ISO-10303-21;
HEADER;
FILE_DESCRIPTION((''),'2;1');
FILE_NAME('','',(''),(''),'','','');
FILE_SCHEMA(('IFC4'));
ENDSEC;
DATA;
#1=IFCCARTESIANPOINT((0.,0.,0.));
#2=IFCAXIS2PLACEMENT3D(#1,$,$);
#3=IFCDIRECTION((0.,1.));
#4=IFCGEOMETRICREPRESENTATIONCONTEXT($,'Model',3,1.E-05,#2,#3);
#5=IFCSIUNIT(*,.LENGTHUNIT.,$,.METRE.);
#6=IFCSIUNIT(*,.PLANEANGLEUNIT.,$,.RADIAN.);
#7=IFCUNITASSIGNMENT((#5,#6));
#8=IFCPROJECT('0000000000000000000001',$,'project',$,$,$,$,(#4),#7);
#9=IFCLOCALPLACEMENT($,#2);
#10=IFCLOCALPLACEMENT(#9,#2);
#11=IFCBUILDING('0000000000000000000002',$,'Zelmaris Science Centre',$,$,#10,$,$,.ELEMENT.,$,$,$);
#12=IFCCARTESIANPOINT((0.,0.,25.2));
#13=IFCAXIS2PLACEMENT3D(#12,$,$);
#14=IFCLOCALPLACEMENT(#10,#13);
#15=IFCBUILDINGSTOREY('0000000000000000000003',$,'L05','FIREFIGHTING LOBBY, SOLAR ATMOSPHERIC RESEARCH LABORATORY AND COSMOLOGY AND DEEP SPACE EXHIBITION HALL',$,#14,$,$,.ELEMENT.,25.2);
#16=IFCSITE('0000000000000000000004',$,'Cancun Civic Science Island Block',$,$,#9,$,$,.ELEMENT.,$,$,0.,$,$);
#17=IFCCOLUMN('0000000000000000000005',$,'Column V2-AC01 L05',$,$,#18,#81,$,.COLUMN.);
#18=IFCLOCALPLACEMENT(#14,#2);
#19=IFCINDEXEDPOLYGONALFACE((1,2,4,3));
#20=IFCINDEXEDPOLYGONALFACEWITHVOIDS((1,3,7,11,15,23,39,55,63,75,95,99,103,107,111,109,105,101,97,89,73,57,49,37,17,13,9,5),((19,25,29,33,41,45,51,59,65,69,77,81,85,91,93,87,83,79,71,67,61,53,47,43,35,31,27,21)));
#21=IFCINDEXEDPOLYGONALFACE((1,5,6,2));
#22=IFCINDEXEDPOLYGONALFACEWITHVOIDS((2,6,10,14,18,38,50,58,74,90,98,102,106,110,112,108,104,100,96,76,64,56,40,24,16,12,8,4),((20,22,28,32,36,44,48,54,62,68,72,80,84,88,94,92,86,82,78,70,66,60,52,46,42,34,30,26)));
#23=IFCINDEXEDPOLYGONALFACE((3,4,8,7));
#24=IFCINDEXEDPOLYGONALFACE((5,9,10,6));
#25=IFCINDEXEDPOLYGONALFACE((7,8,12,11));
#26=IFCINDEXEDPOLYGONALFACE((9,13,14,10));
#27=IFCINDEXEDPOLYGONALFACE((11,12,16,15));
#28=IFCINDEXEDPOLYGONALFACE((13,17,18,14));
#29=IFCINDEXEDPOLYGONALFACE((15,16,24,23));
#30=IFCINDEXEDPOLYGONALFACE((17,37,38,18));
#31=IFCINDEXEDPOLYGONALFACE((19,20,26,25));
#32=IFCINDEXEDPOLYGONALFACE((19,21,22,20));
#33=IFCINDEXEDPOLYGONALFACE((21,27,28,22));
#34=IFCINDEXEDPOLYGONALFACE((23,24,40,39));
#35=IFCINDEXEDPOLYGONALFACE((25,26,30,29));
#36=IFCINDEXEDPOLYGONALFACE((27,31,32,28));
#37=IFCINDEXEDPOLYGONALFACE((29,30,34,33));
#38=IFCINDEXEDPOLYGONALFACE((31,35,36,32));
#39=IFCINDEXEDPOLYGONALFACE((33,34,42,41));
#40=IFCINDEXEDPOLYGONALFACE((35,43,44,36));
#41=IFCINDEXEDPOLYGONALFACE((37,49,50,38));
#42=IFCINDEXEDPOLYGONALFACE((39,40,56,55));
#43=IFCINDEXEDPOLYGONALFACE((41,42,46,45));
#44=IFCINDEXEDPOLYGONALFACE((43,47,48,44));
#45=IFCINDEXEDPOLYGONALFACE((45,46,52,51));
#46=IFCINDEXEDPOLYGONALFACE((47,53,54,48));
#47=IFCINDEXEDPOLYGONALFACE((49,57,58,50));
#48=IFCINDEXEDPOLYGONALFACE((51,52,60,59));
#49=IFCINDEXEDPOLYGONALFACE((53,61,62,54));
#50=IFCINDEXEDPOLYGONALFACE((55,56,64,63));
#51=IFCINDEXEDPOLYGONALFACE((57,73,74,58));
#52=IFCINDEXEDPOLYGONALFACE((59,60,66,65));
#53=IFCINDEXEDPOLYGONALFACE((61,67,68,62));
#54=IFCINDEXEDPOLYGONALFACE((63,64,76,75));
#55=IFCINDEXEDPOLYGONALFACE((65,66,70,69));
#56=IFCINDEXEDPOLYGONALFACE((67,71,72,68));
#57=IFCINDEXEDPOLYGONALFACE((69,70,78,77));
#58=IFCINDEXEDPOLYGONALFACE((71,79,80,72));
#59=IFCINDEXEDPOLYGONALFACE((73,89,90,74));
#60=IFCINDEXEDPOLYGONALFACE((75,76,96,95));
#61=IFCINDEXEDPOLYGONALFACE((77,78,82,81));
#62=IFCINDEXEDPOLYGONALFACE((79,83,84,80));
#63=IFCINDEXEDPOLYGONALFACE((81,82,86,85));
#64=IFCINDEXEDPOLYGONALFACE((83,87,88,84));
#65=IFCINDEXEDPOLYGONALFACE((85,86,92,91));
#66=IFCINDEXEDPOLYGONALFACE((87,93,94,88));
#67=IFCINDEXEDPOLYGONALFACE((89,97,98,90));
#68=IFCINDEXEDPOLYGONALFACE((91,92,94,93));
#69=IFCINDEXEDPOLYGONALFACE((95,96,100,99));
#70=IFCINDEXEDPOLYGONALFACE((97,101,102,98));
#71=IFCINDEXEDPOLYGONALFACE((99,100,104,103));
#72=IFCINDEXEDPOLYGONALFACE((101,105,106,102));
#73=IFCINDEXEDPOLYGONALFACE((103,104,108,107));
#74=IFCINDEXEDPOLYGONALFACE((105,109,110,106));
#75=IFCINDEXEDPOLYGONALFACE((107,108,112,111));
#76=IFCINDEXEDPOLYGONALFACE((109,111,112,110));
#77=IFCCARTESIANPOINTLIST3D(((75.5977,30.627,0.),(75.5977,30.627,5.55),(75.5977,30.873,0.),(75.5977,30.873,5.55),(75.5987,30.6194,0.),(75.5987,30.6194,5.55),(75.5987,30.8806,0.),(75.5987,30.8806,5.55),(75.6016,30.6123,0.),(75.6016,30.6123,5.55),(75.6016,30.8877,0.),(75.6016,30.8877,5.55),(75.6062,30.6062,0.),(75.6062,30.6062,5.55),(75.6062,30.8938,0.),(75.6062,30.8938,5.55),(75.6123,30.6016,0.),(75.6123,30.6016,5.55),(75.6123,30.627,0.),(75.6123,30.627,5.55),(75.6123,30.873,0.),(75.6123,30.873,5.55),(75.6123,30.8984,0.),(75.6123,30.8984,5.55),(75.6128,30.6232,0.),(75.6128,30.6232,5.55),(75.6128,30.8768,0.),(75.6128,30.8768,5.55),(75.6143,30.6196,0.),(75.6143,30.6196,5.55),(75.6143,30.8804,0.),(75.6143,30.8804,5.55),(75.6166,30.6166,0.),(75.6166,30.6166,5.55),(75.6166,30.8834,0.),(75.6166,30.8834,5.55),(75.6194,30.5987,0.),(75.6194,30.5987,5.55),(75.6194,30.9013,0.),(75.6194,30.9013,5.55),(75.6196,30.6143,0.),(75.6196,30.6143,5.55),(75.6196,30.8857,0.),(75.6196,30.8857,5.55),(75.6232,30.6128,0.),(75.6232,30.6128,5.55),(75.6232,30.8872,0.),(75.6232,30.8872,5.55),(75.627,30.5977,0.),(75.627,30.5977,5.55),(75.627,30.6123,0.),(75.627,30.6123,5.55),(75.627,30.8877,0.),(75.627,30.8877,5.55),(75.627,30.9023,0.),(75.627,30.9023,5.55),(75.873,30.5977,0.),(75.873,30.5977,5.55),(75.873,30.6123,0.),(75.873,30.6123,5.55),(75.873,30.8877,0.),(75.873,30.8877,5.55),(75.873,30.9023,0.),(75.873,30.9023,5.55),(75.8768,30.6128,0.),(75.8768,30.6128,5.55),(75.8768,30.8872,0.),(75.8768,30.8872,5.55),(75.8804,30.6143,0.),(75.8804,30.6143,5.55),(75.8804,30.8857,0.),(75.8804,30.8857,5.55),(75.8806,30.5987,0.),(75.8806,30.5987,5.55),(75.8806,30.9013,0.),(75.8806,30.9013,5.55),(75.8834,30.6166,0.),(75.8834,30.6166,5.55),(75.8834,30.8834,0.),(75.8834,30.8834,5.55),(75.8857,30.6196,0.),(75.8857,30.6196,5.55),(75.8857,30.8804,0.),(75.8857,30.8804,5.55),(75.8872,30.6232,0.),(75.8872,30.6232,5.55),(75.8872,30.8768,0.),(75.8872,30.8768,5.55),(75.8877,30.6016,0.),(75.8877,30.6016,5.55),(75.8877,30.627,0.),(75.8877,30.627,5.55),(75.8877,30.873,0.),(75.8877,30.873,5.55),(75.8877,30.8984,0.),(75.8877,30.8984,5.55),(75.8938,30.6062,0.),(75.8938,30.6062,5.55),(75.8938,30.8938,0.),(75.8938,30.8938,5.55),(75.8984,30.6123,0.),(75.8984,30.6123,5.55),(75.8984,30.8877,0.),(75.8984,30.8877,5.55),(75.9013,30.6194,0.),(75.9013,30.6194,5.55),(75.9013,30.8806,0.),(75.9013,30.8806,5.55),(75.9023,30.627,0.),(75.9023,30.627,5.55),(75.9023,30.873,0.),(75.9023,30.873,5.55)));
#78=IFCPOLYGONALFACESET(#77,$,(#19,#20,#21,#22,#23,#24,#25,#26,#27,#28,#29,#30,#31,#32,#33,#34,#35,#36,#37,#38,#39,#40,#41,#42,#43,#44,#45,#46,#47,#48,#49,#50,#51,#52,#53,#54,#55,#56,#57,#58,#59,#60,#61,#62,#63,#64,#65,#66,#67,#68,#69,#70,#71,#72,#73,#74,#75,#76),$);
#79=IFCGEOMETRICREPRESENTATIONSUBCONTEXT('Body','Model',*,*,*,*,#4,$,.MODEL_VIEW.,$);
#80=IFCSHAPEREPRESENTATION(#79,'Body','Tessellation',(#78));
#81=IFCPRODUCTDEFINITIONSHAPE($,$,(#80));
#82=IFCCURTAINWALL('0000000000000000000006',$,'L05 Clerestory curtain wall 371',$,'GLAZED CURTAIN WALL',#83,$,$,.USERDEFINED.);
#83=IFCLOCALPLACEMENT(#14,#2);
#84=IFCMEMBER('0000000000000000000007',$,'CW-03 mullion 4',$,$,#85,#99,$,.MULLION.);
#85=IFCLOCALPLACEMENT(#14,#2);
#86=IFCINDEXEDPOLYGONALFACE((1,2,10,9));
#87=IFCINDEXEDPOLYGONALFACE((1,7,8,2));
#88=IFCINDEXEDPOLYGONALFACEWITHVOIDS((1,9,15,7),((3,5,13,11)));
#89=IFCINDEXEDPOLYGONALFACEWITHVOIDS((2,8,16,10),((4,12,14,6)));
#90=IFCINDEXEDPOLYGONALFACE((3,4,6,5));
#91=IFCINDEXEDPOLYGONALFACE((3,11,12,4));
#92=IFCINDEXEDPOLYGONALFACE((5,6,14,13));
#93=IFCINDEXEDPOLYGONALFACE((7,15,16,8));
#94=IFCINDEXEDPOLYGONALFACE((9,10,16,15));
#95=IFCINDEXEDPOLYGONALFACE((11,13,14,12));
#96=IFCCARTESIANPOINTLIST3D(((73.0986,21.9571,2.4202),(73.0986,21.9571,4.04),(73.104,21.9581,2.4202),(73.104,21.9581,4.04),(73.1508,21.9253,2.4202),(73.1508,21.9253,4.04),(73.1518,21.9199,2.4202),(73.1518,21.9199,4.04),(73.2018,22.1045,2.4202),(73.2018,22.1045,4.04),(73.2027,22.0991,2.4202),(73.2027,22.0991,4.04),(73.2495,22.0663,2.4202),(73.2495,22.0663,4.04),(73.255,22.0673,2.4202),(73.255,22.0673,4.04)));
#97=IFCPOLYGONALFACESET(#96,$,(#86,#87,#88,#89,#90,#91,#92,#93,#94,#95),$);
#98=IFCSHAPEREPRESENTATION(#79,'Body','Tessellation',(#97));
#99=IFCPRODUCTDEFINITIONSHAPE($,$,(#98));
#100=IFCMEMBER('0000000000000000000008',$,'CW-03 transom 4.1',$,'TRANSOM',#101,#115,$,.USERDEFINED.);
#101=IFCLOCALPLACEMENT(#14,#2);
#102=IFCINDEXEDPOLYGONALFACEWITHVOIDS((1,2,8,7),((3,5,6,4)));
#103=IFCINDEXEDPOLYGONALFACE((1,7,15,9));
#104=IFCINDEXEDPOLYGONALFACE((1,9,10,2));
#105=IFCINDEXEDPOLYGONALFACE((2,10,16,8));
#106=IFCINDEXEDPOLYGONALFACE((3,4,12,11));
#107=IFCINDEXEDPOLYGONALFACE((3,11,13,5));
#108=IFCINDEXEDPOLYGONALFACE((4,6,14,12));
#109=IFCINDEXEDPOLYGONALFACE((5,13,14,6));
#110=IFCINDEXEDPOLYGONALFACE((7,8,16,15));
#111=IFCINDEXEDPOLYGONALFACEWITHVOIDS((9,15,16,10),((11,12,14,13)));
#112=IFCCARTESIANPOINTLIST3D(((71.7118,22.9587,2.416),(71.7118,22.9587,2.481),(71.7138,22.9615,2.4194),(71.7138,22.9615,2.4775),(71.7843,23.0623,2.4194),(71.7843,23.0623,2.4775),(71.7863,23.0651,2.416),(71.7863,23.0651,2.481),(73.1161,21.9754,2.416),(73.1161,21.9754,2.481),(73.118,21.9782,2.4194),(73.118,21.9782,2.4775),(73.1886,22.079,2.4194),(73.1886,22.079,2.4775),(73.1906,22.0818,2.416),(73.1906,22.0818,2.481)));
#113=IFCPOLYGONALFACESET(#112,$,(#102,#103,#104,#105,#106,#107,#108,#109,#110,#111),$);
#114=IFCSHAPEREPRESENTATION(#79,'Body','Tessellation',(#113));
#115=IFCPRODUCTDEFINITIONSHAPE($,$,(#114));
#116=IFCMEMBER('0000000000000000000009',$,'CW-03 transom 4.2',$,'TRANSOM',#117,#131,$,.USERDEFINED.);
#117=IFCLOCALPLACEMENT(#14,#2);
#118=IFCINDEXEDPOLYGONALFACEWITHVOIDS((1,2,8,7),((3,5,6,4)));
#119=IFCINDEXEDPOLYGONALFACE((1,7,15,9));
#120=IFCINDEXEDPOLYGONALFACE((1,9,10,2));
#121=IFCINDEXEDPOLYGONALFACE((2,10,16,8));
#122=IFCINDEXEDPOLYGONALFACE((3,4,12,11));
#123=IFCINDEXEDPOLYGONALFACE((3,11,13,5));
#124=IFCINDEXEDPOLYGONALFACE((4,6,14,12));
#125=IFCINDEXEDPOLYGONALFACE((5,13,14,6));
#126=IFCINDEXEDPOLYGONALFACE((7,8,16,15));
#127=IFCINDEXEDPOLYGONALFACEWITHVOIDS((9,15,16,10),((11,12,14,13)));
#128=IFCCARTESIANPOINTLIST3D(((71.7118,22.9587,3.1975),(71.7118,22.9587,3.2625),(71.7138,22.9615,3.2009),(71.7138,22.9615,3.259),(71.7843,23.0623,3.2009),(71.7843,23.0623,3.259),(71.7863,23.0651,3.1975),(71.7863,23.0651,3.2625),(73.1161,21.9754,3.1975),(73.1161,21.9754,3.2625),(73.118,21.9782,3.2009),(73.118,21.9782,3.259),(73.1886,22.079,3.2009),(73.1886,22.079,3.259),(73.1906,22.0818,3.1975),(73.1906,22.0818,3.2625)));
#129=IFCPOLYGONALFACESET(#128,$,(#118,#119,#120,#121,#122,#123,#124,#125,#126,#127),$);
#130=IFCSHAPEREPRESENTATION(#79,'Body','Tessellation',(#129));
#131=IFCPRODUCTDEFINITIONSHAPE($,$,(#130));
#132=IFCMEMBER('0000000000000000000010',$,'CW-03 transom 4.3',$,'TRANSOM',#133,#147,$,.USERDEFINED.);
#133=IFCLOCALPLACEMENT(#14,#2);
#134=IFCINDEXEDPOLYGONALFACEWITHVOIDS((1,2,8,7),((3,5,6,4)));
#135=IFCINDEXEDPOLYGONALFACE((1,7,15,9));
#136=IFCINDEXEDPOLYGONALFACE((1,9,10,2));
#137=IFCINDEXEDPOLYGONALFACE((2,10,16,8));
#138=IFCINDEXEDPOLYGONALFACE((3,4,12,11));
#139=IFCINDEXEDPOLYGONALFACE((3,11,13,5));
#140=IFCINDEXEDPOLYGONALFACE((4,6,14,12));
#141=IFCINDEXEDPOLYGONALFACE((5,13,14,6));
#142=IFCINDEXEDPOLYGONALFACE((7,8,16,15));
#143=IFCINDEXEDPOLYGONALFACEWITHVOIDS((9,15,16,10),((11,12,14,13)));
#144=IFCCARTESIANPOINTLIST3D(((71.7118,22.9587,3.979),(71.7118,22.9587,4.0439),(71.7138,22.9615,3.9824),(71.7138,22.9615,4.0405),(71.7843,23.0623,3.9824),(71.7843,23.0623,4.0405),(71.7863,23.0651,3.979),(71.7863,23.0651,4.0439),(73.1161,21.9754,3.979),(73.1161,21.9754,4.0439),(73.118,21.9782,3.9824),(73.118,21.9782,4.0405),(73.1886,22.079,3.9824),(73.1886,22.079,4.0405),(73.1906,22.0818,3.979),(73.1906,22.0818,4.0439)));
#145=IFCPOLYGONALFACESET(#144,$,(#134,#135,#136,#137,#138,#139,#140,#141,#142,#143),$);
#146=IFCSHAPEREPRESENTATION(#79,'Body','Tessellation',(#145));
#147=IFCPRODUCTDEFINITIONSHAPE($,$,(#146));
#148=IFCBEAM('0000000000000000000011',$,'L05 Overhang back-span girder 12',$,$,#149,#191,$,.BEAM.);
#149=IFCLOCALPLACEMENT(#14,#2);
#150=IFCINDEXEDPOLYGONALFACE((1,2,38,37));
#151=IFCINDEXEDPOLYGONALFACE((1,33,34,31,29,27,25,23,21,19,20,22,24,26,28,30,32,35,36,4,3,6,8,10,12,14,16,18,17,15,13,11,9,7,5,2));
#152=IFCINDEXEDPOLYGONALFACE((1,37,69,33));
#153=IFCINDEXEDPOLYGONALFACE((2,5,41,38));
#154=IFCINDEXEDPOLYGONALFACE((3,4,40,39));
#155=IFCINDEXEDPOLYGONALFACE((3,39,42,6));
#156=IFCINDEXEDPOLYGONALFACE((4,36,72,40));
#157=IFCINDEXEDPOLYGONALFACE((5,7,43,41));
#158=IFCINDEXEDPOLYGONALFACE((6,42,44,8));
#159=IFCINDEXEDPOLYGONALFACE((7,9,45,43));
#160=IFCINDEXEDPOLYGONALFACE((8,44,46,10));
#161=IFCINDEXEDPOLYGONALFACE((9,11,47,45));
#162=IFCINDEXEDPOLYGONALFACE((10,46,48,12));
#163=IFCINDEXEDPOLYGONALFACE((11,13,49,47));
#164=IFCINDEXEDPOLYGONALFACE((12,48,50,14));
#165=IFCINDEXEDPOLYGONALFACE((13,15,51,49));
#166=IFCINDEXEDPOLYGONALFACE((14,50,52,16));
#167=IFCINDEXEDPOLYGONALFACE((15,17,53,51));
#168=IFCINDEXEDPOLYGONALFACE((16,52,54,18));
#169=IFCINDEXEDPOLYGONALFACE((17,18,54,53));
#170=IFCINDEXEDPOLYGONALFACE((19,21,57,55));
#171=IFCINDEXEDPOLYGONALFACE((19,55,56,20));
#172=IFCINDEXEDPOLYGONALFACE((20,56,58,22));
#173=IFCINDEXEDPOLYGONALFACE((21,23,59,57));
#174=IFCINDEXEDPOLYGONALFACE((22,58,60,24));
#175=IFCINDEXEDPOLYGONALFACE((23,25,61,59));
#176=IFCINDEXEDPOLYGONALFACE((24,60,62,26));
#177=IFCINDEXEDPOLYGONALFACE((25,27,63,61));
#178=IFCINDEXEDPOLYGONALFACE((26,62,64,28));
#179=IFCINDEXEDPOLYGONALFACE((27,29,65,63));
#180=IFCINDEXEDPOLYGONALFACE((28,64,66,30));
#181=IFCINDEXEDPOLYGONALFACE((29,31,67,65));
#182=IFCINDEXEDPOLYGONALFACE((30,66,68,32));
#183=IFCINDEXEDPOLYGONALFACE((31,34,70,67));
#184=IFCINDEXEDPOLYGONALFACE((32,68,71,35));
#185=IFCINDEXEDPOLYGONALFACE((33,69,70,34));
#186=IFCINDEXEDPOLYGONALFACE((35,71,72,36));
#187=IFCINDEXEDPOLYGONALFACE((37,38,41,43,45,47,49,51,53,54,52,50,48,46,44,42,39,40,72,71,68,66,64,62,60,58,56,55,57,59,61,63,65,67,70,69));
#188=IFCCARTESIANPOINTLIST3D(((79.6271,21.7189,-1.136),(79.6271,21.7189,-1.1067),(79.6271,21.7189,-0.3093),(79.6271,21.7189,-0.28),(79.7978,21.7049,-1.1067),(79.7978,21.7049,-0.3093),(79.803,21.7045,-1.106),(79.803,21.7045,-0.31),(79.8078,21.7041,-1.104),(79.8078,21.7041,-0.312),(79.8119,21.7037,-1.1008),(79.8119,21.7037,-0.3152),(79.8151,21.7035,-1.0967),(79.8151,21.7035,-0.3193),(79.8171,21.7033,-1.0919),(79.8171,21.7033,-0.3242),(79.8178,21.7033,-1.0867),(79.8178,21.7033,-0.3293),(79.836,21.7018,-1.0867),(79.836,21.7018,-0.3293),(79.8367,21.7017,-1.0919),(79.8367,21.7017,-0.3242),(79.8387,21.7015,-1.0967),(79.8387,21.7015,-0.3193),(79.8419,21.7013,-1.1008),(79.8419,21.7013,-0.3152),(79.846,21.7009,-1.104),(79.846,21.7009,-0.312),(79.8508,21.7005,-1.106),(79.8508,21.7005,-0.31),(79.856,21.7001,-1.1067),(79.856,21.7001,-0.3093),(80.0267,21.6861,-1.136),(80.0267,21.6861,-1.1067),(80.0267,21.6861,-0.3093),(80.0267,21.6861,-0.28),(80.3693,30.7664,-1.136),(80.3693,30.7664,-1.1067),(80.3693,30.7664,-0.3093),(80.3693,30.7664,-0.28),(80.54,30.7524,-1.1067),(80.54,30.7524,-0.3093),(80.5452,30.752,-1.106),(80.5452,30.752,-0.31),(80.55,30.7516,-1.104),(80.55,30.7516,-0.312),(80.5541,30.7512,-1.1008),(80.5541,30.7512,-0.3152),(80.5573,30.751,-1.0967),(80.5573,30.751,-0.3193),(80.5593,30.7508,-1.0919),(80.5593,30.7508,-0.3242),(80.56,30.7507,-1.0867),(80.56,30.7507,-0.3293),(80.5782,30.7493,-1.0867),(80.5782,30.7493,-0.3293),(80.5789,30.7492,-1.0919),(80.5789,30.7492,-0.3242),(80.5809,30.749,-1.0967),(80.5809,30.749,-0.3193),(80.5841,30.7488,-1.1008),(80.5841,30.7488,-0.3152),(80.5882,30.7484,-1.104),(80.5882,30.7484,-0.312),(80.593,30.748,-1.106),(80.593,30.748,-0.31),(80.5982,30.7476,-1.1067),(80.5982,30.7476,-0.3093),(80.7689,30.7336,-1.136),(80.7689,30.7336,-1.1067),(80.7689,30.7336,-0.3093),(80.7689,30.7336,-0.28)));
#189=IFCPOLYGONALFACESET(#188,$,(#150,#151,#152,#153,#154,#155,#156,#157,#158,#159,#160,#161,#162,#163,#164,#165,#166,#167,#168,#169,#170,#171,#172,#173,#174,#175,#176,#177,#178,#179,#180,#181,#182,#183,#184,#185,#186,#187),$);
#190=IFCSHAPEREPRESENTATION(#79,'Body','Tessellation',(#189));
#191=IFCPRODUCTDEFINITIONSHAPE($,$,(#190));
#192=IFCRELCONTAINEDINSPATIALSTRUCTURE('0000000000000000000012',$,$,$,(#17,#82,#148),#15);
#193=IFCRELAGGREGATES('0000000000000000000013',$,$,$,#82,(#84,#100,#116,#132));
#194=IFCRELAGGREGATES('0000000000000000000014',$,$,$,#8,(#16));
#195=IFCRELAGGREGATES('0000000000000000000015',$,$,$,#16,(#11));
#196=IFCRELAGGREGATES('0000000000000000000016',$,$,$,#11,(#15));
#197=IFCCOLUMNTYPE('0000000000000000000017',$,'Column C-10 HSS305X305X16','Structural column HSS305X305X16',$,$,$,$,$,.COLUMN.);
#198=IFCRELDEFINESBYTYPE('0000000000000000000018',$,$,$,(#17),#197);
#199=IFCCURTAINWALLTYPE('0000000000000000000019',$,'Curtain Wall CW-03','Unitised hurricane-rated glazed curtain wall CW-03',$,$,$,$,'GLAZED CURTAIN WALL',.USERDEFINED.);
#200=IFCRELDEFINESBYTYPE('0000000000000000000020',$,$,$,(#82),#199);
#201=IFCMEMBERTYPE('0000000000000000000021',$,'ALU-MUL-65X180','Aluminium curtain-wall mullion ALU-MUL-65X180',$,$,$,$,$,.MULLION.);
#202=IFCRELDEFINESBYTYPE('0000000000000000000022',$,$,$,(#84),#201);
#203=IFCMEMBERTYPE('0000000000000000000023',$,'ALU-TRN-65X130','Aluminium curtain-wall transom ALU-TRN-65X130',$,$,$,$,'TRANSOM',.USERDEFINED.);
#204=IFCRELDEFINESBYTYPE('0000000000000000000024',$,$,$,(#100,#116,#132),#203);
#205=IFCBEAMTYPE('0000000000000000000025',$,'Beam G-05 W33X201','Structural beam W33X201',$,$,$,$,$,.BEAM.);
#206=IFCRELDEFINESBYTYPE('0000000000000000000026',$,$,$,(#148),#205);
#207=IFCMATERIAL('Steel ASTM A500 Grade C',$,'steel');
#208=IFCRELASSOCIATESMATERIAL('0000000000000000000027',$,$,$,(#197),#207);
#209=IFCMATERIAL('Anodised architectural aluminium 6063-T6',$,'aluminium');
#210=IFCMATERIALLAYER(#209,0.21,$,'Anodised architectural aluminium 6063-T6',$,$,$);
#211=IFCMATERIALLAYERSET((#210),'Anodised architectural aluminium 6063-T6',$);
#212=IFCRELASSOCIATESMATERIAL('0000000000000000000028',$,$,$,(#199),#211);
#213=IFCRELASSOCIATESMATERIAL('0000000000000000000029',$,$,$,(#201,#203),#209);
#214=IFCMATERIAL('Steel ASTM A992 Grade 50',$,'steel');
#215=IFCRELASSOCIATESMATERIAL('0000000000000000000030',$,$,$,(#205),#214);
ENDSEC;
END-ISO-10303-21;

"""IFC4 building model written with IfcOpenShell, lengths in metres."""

from ifc_helpers import new_model, si_unit, direction, frame, origin, origin_2d, place, context, subcontext, project, spatial, hollow_rectangle, i_section, extrude, material, layer, layer_set, material_profile, profile_set, type_object, element, aggregate, save


model = new_model("IFC4")

# Units and contexts
model_context = context("Model", 3, precision=1e-05, world=origin(), true_north=direction((0.0, 1.0)))
body_context = subcontext(model_context, "Body", "Model", "MODEL_VIEW")
ifc_project = project(units=[si_unit("LENGTHUNIT", "METRE"), si_unit("PLANEANGLEUNIT", "RADIAN")], contexts=[model_context])

# Site, building, storey
site_placement = place(None, origin())
site = spatial("IfcSite", under=ifc_project, at=site_placement, Name="Cancun Civic Science Island Block", CompositionType="ELEMENT", RefElevation=0.0)
building_placement = place(site_placement, origin())
building = spatial("IfcBuilding", under=site, at=building_placement, Name="Zelmaris Science Centre", CompositionType="ELEMENT")
storey_placement = place(building_placement, frame((0.0, 0.0, 25.2)))
storey = spatial("IfcBuildingStorey", under=building, at=storey_placement, Name="L05", Description="FIREFIGHTING LOBBY, SOLAR ATMOSPHERIC RESEARCH LABORATORY AND COSMOLOGY AND DEEP SPACE EXHIBITION HALL", CompositionType="ELEMENT", Elevation=25.2)

# Column
ifc_material_1 = material(Name="Steel ASTM A500 Grade C", Category="steel")
ifc_material_profile_1 = material_profile(ifc_material_1, hollow_rectangle(XDim=0.3047, YDim=0.3047, WallThickness=0.0146, InnerFilletRadius=0.0146, OuterFilletRadius=0.0293, at=origin_2d()), Name="HSS305X305X16")
ifc_profile_set_1 = profile_set([ifc_material_profile_1], Name="Steel ASTM A500 Grade C")
column_type = type_object("IfcColumnType", Name="Column C-10 HSS305X305X16", Description="Structural column HSS305X305X16", PredefinedType="COLUMN", material=ifc_profile_set_1)
column_placement = place(storey_placement, frame((75.75, 30.75, 0.0), z_axis=(0.0, 0.0, 1.0), x_axis=(1.0, 0.0, 0.0)))
element("IfcColumn", 1, at=column_placement, inside=storey, type_object=column_type, Name="Column V2-AC01 L05", PredefinedType="COLUMN", context=body_context, shape_type="SweptSolid", body=[
    extrude(hollow_rectangle(XDim=0.3047, YDim=0.3047, WallThickness=0.0146, InnerFilletRadius=0.0146, OuterFilletRadius=0.0293, at=origin_2d()), origin(), (0.0, 0.0, 1.0), 5.55),
])

# Curtain wall, members
ifc_material_2 = material(Name="Anodised architectural aluminium 6063-T6", Category="aluminium")
ifc_layer_1 = layer(ifc_material_2, 0.21, Name="Anodised architectural aluminium 6063-T6")
ifc_layer_set_1 = layer_set([ifc_layer_1], Name="Anodised architectural aluminium 6063-T6")
curtain_wall_type = type_object("IfcCurtainWallType", Name="Curtain Wall CW-03", Description="Unitised hurricane-rated glazed curtain wall CW-03", ElementType="GLAZED CURTAIN WALL", PredefinedType="USERDEFINED", material=ifc_layer_set_1)
curtain_wall_placement = place(storey_placement, origin())
curtain_wall = element("IfcCurtainWall", 2, at=curtain_wall_placement, inside=storey, type_object=curtain_wall_type, Name="L05 Clerestory curtain wall 371", ObjectType="GLAZED CURTAIN WALL", PredefinedType="USERDEFINED")
ifc_material_profile_2 = material_profile(ifc_material_2, hollow_rectangle(XDim=0.0649, YDim=0.1799, WallThickness=0.0039, at=origin_2d()), Name="ALU-MUL-65X180")
ifc_profile_set_2 = profile_set([ifc_material_profile_2], Name="Anodised architectural aluminium 6063-T6")
member_type_1 = type_object("IfcMemberType", Name="ALU-MUL-65X180", Description="Aluminium curtain-wall mullion ALU-MUL-65X180", PredefinedType="MULLION", material=ifc_profile_set_2)
member_1_placement = place(storey_placement, frame((73.1768, 22.0122, 2.4202), z_axis=(0.0, 0.0, 1.0), x_axis=(-0.819154, 0.573574, 0.0)))
member_1 = element("IfcMember", 3, at=member_1_placement, type_object=member_type_1, Name="CW-03 mullion 4", PredefinedType="MULLION", context=body_context, shape_type="SweptSolid", body=[
    extrude(hollow_rectangle(XDim=0.0649, YDim=0.1799, WallThickness=0.0039, at=origin_2d()), origin(), (0.0, 0.0, 1.0), 1.6199),
])
ifc_material_profile_3 = material_profile(ifc_material_2, hollow_rectangle(XDim=0.0649, YDim=0.1299, WallThickness=0.0034, at=origin_2d()), Name="ALU-TRN-65X130")
ifc_profile_set_3 = profile_set([ifc_material_profile_3], Name="Anodised architectural aluminium 6063-T6")
member_type_2 = type_object("IfcMemberType", Name="ALU-TRN-65X130", Description="Aluminium curtain-wall transom ALU-TRN-65X130", ElementType="TRANSOM", PredefinedType="USERDEFINED", material=ifc_profile_set_3)
member_2_placement = place(storey_placement, frame((73.1533, 22.0286, 2.4485), z_axis=(-0.819125, 0.573615, 0.0), x_axis=(0.0, 0.0, 1.0)))
member_2 = element("IfcMember", 4, at=member_2_placement, type_object=member_type_2, Name="CW-03 transom 4.1", ObjectType="TRANSOM", PredefinedType="USERDEFINED", context=body_context, shape_type="SweptSolid", body=[
    extrude(hollow_rectangle(XDim=0.0649, YDim=0.1299, WallThickness=0.0034, at=origin_2d()), origin(), (0.0, 0.0, 1.0), 1.7144),
])
member_3_placement = place(storey_placement, frame((73.1533, 22.0286, 3.23), z_axis=(-0.819125, 0.573615, 0.0), x_axis=(0.0, 0.0, 1.0)))
member_3 = element("IfcMember", 5, at=member_3_placement, type_object=member_type_2, Name="CW-03 transom 4.2", ObjectType="TRANSOM", PredefinedType="USERDEFINED", context=body_context, shape_type="SweptSolid", body=[
    extrude(hollow_rectangle(XDim=0.0649, YDim=0.1299, WallThickness=0.0034, at=origin_2d()), origin(), (0.0, 0.0, 1.0), 1.7144),
])
member_4_placement = place(storey_placement, frame((73.1533, 22.0286, 4.0115), z_axis=(-0.819125, 0.573615, 0.0), x_axis=(0.0, 0.0, 1.0)))
member_4 = element("IfcMember", 6, at=member_4_placement, type_object=member_type_2, Name="CW-03 transom 4.3", ObjectType="TRANSOM", PredefinedType="USERDEFINED", context=body_context, shape_type="SweptSolid", body=[
    extrude(hollow_rectangle(XDim=0.0649, YDim=0.1299, WallThickness=0.0034, at=origin_2d()), origin(), (0.0, 0.0, 1.0), 1.7144),
])

# Beam
ifc_material_3 = material(Name="Steel ASTM A992 Grade 50", Category="steel")
ifc_material_profile_4 = material_profile(ifc_material_3, i_section(OverallWidth=0.4009, OverallDepth=0.856, WebThickness=0.0183, FlangeThickness=0.0293, FilletRadius=0.02, at=origin_2d()), Name="W33X201")
ifc_profile_set_4 = profile_set([ifc_material_profile_4], Name="Steel ASTM A992 Grade 50")
beam_type_1 = type_object("IfcBeamType", Name="Beam G-05 W33X201", Description="Structural beam W33X201", PredefinedType="BEAM", material=ifc_profile_set_4)
beam_1_placement = place(storey_placement, frame((80.5691, 30.75, -0.708), z_axis=(-0.081757, -0.996652, 0.0), x_axis=(0.996652, -0.081757, 0.0)))
element("IfcBeam", 7, at=beam_1_placement, inside=storey, type_object=beam_type_1, Name="L05 Overhang back-span girder 12", PredefinedType="BEAM", context=body_context, shape_type="SweptSolid", body=[
    extrude(i_section(OverallWidth=0.4009, OverallDepth=0.856, WebThickness=0.0183, FlangeThickness=0.0293, FilletRadius=0.02, at=origin_2d()), origin(), (0.0, 0.0, 1.0), 9.0779),
])

aggregate(curtain_wall, [member_1, member_2, member_3, member_4])

save(model, "model.ifc")
